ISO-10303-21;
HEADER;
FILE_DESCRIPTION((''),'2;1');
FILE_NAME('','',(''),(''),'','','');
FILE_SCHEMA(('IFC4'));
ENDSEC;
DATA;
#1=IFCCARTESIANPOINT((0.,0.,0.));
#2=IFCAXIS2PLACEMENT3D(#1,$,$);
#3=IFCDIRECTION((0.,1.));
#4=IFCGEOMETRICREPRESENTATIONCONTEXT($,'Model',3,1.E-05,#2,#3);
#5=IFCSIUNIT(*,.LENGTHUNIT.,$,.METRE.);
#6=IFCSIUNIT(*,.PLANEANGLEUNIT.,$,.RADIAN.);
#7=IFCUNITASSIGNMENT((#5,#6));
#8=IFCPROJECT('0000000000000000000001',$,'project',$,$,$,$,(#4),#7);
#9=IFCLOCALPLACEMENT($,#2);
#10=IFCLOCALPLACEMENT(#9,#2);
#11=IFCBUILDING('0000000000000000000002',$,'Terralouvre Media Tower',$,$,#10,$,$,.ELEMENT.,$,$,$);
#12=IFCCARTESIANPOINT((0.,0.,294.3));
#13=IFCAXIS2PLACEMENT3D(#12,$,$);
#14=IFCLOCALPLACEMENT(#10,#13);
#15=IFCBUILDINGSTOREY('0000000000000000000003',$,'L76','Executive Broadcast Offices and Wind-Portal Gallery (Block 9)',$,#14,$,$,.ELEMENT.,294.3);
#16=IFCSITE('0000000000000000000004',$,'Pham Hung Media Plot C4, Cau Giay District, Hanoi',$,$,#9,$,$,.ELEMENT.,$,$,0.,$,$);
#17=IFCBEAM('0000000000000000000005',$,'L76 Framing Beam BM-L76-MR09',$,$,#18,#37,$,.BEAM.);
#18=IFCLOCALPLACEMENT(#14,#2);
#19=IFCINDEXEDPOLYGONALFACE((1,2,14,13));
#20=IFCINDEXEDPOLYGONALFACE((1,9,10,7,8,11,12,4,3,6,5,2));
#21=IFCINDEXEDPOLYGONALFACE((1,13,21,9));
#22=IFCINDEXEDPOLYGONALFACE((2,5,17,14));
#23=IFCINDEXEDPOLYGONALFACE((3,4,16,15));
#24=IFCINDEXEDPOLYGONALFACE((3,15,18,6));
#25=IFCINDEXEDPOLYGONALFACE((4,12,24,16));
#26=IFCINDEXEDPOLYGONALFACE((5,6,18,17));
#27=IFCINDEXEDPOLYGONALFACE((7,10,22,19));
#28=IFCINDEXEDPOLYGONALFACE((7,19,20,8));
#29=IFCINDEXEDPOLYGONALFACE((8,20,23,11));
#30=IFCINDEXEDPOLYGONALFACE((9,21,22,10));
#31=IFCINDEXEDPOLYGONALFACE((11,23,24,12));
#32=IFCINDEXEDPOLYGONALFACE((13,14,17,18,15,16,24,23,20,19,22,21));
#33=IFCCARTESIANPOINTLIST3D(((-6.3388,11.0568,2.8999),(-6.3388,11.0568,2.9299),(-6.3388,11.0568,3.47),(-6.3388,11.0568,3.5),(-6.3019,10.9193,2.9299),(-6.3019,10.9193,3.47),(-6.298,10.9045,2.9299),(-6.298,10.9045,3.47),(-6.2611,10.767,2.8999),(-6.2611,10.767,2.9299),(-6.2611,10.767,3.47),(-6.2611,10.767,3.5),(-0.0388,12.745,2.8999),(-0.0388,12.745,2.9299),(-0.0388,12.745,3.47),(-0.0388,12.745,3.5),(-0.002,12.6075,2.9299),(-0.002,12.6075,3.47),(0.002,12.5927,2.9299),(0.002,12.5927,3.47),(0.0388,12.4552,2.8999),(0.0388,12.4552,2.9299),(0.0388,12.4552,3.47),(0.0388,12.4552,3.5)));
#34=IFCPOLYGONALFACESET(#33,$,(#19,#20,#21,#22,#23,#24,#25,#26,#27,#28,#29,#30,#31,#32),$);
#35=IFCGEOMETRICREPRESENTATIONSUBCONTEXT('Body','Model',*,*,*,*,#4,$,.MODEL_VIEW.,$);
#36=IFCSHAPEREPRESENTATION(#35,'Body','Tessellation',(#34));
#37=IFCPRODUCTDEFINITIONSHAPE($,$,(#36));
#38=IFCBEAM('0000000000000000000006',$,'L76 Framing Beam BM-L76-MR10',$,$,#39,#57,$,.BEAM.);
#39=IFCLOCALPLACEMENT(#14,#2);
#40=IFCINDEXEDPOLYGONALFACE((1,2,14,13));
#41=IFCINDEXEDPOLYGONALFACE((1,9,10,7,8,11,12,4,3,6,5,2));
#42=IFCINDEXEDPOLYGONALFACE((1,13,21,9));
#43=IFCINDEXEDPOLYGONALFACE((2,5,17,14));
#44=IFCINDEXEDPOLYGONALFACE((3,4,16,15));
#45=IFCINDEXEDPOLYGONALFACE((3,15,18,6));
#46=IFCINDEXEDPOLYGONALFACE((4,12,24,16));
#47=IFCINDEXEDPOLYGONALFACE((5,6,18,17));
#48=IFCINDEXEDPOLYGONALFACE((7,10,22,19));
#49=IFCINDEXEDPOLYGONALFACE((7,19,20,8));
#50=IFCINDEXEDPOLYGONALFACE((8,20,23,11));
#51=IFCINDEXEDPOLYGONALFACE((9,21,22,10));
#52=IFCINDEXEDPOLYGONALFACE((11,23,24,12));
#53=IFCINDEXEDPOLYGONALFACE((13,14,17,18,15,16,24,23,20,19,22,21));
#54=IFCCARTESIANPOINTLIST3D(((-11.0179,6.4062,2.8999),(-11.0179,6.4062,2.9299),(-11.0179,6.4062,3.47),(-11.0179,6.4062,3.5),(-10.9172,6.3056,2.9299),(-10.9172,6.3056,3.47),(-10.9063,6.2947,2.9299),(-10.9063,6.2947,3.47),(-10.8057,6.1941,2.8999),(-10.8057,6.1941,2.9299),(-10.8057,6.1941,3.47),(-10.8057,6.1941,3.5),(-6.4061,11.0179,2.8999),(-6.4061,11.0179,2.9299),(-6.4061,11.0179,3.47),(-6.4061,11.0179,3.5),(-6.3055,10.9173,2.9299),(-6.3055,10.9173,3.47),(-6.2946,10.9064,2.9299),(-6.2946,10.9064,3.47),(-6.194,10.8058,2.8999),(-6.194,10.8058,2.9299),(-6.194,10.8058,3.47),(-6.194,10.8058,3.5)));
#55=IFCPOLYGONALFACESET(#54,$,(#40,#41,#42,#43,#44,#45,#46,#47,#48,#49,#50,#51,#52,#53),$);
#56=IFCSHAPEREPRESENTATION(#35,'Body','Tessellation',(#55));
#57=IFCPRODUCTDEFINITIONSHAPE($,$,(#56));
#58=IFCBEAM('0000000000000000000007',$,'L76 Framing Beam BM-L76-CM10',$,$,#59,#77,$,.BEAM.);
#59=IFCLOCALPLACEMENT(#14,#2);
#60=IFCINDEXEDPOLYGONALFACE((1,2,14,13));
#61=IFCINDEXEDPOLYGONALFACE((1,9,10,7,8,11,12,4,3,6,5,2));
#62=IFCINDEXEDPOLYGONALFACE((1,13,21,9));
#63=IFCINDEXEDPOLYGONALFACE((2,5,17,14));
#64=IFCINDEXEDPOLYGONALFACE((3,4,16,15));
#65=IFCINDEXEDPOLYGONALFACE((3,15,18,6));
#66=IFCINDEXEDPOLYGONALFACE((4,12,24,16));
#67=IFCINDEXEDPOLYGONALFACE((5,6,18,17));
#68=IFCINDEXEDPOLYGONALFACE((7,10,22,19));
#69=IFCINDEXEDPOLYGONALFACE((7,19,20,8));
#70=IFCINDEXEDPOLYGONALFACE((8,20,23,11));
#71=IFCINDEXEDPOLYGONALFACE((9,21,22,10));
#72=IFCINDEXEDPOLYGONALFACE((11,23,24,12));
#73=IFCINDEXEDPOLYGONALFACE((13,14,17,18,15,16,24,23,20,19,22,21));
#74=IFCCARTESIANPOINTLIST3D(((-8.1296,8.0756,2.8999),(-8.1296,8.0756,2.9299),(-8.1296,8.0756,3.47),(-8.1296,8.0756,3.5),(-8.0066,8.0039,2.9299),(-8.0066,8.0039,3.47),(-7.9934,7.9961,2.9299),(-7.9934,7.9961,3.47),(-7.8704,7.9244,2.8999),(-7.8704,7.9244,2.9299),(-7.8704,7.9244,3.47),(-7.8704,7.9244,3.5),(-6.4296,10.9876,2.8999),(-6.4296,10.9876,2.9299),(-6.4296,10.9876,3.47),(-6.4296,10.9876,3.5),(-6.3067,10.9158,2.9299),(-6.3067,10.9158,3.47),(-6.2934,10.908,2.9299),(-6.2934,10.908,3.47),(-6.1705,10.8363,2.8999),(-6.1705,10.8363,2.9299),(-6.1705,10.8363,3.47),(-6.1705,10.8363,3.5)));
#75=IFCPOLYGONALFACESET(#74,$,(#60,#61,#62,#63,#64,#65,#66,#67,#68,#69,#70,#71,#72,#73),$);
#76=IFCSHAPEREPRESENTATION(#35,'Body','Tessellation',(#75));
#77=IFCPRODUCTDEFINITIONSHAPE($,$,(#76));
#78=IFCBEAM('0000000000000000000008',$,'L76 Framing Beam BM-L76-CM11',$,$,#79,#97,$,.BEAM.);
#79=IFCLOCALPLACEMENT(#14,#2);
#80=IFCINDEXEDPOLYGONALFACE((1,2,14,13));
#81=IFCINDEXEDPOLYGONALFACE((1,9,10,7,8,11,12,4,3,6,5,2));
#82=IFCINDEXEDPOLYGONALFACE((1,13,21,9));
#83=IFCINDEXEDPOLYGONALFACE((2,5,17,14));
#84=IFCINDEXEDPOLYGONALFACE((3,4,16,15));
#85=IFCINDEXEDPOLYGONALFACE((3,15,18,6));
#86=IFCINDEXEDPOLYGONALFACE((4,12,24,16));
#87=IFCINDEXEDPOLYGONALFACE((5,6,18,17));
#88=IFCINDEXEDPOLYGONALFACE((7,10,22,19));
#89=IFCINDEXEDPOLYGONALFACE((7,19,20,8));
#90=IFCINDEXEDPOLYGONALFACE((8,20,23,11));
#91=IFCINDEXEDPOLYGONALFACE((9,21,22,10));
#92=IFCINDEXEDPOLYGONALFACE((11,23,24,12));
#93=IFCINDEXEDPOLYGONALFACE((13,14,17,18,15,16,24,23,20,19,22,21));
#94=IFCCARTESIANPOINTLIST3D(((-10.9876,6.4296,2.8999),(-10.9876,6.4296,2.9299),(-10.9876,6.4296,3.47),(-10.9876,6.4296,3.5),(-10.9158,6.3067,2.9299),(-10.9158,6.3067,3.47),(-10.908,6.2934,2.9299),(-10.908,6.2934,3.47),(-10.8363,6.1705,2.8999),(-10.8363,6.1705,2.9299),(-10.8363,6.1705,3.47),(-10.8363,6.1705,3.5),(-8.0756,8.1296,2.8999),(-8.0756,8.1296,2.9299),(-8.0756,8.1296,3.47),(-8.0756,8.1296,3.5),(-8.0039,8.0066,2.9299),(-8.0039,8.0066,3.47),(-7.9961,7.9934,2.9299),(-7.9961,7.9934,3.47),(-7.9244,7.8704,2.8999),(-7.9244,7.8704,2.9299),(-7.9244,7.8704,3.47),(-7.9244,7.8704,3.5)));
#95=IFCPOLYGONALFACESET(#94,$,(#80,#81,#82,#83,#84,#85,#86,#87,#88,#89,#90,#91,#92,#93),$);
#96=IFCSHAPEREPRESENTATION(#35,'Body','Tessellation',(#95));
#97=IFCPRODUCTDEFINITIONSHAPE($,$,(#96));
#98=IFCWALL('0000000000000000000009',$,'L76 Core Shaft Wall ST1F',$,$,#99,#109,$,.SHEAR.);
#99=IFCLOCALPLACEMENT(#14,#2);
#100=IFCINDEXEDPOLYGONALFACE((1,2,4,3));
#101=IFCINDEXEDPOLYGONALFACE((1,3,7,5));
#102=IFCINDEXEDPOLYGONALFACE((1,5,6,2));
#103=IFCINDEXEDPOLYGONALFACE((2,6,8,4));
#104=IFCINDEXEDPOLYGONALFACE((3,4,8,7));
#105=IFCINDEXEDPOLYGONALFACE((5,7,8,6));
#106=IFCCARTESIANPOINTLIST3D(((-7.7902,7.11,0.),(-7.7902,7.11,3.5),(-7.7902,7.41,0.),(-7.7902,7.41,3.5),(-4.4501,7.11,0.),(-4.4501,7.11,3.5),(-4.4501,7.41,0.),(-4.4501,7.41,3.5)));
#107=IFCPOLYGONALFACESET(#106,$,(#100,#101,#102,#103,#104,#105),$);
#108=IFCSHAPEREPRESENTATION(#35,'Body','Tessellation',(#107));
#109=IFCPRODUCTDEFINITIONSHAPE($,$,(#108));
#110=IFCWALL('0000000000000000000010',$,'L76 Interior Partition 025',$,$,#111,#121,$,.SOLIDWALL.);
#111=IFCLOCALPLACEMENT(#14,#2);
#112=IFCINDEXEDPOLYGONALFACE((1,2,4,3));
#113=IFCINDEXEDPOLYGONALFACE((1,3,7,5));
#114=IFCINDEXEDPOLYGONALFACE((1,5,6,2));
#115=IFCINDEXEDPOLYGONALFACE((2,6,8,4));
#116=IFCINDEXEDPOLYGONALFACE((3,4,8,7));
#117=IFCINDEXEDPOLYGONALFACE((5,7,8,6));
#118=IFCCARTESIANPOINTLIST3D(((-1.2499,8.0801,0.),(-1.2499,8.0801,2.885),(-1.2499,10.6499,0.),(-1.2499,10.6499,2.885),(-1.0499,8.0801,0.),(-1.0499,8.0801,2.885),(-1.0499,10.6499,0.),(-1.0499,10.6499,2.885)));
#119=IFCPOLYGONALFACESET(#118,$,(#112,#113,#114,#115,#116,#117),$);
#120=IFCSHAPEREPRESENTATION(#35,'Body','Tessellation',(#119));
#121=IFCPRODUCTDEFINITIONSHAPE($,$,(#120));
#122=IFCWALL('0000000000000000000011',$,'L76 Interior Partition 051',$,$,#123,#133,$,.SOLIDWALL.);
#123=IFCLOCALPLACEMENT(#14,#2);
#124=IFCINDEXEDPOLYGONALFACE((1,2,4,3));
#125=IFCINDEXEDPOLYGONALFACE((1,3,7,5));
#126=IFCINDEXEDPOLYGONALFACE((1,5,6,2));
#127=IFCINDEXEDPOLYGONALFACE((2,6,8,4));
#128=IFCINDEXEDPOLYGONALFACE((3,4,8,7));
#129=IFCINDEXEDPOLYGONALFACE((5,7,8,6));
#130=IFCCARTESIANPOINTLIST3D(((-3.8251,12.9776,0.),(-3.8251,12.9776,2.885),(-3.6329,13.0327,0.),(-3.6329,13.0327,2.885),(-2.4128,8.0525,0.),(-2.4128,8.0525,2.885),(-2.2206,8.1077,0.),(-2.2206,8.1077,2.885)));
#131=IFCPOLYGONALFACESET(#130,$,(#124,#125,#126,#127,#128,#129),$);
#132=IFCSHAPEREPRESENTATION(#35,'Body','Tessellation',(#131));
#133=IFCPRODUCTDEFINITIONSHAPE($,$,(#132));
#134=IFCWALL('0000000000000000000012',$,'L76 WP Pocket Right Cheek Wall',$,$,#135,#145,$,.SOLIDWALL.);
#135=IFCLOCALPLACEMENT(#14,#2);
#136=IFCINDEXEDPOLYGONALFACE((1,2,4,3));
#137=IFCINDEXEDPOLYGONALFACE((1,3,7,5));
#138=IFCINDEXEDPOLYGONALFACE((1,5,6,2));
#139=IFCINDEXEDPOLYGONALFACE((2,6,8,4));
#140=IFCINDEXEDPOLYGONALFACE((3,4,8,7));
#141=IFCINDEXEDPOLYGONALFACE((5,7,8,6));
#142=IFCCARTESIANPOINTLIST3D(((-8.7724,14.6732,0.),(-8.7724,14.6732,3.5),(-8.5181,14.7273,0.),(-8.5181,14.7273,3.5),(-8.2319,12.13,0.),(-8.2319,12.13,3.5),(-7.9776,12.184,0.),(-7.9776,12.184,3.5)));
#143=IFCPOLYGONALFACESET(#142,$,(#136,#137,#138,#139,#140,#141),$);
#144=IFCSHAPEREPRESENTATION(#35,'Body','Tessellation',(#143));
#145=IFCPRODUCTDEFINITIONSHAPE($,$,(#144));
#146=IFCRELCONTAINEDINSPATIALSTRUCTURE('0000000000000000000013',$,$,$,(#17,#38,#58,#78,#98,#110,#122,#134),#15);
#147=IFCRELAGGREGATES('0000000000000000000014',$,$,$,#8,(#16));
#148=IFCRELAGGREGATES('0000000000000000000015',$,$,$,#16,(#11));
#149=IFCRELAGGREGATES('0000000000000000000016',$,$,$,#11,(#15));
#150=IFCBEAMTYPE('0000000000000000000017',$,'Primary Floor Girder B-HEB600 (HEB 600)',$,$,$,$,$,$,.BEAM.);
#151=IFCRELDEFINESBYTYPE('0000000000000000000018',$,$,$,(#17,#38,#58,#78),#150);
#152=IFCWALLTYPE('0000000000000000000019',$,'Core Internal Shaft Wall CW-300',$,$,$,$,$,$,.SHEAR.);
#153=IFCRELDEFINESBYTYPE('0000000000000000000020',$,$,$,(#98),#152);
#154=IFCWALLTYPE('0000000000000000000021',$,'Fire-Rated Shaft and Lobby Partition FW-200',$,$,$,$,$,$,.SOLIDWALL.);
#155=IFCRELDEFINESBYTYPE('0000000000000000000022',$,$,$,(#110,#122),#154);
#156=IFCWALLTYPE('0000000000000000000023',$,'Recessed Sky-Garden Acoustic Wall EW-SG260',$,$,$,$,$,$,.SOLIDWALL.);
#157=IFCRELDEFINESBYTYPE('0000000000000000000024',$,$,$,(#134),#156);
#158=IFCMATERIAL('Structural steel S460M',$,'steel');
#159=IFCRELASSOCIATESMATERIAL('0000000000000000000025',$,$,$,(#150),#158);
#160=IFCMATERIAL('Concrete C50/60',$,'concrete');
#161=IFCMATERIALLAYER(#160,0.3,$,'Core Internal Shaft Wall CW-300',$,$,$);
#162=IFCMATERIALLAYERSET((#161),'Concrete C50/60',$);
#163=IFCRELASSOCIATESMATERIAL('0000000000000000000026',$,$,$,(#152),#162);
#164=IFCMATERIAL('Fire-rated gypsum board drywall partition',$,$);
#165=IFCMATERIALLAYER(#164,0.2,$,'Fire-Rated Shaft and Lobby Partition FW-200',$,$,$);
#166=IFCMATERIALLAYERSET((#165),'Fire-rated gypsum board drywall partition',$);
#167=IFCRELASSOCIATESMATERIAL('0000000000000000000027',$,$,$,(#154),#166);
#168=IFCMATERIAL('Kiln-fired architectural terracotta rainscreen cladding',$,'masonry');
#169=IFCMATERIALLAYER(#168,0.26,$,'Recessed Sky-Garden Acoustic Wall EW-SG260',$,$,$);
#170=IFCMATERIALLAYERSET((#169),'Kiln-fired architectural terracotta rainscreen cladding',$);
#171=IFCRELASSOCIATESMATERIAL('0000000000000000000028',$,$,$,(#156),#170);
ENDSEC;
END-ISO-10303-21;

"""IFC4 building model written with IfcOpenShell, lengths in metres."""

from ifc_helpers import new_model, si_unit, direction, frame, frame_2d, origin, origin_2d, place, context, subcontext, project, spatial, rectangle, i_section, extrude, material, layer, layer_set, material_profile, profile_set, type_object, element, save


model = new_model("IFC4")

# Units and contexts
model_context = context("Model", 3, precision=1e-05, world=origin(), true_north=direction((0.0, 1.0)))
body_context = subcontext(model_context, "Body", "Model", "MODEL_VIEW")
ifc_project = project(units=[si_unit("LENGTHUNIT", "METRE"), si_unit("PLANEANGLEUNIT", "RADIAN")], contexts=[model_context])

# Site, building, storey
site_placement = place(None, origin())
site = spatial("IfcSite", under=ifc_project, at=site_placement, Name="Pham Hung Media Plot C4, Cau Giay District, Hanoi", CompositionType="ELEMENT", RefElevation=0.0)
building_placement = place(site_placement, origin())
building = spatial("IfcBuilding", under=site, at=building_placement, Name="Terralouvre Media Tower", CompositionType="ELEMENT")
storey_placement = place(building_placement, frame((0.0, 0.0, 294.3)))
storey = spatial("IfcBuildingStorey", under=building, at=storey_placement, Name="L76", Description="Executive Broadcast Offices and Wind-Portal Gallery (Block 9)", CompositionType="ELEMENT", Elevation=294.3)

# Beams
ifc_material_1 = material(Name="Structural steel S460M", Category="steel")
ifc_material_profile_1 = material_profile(ifc_material_1, i_section(OverallWidth=0.3, OverallDepth=0.6001, WebThickness=0.0154, FlangeThickness=0.03, at=origin_2d()), Name="HEB 600")
ifc_profile_set_1 = profile_set([ifc_material_profile_1], Name="Structural steel S460M")
beam_type_1 = type_object("IfcBeamType", Name="Primary Floor Girder B-HEB600 (HEB 600)", PredefinedType="BEAM", material=ifc_profile_set_1)
beam_1_placement = place(storey_placement, frame((0.0, 12.6001, 3.2), z_axis=(-0.96592, -0.258839, 0.0), x_axis=(0.258839, -0.96592, 0.0)))
element("IfcBeam", 1, at=beam_1_placement, inside=storey, type_object=beam_type_1, Name="L76 Framing Beam BM-L76-MR09", PredefinedType="BEAM", context=body_context, shape_type="SweptSolid", body=[
    extrude(i_section(OverallWidth=0.3, OverallDepth=0.6001, WebThickness=0.0154, FlangeThickness=0.03, at=origin_2d()), origin(), (0.0, 0.0, 1.0), 6.5222),
])
beam_2_placement = place(storey_placement, frame((-6.3, 10.9119, 3.2), z_axis=(-0.707107, -0.707107, 0.0), x_axis=(0.707107, -0.707107, 0.0)))
element("IfcBeam", 2, at=beam_2_placement, inside=storey, type_object=beam_type_1, Name="L76 Framing Beam BM-L76-MR10", PredefinedType="BEAM", context=body_context, shape_type="SweptSolid", body=[
    extrude(i_section(OverallWidth=0.3, OverallDepth=0.6001, WebThickness=0.0154, FlangeThickness=0.03, at=origin_2d()), origin(), (0.0, 0.0, 1.0), 6.522),
])
for number, where, z_axis, x_axis, name in (
    (3, (-8.0, 8.0, 3.2), (0.504173, 0.863603, 0.0), (-0.863603, 0.504173, 0.0), "L76 Framing Beam BM-L76-CM10"),
    (4, (-8.0, 8.0, 3.2), (-0.863603, -0.504173, 0.0), (0.504173, -0.863603, 0.0), "L76 Framing Beam BM-L76-CM11"),
):
    element("IfcBeam", number, at=place(storey_placement, frame(where, z_axis=z_axis, x_axis=x_axis)), inside=storey, type_object=beam_type_1, Name=name, PredefinedType="BEAM", context=body_context, shape_type="SweptSolid", body=[
        extrude(i_section(OverallWidth=0.3, OverallDepth=0.6001, WebThickness=0.0154, FlangeThickness=0.03, at=origin_2d()), origin(), (0.0, 0.0, 1.0), 3.3718),
    ])

# Wall
ifc_material_2 = material(Name="Concrete C50/60", Category="concrete")
ifc_layer_1 = layer(ifc_material_2, 0.3, Name="Core Internal Shaft Wall CW-300")
ifc_layer_set_1 = layer_set([ifc_layer_1], Name="Concrete C50/60")
wall_type_1 = type_object("IfcWallType", Name="Core Internal Shaft Wall CW-300", PredefinedType="SHEAR", material=ifc_layer_set_1)
wall_1_placement = place(storey_placement, frame((-7.79, 7.26, 0.0), z_axis=(0.0, 0.0, 1.0), x_axis=(1.0, 0.0, 0.0)))
element("IfcWall", 5, at=wall_1_placement, inside=storey, type_object=wall_type_1, Name="L76 Core Shaft Wall ST1F", PredefinedType="SHEAR", context=body_context, shape_type="SweptSolid", body=[
    extrude(rectangle(XDim=3.3401, YDim=0.3, at=frame_2d((1.6699, 0.0))), origin(), (0.0, 0.0, 1.0), 3.5),
])

# Walls
ifc_material_3 = material(Name="Fire-rated gypsum board drywall partition")
ifc_layer_2 = layer(ifc_material_3, 0.2, Name="Fire-Rated Shaft and Lobby Partition FW-200")
ifc_layer_set_2 = layer_set([ifc_layer_2], Name="Fire-rated gypsum board drywall partition")
wall_type_2 = type_object("IfcWallType", Name="Fire-Rated Shaft and Lobby Partition FW-200", PredefinedType="SOLIDWALL", material=ifc_layer_set_2)
wall_2_placement = place(storey_placement, frame((-1.1499, 10.6499, 0.0), z_axis=(0.0, 0.0, 1.0), x_axis=(0.0, -1.0, 0.0)))
element("IfcWall", 6, at=wall_2_placement, inside=storey, type_object=wall_type_2, Name="L76 Interior Partition 025", PredefinedType="SOLIDWALL", context=body_context, shape_type="SweptSolid", body=[
    extrude(rectangle(XDim=2.5698, YDim=0.2, at=frame_2d((1.2849, 0.0))), origin(), (0.0, 0.0, 1.0), 2.885),
])
wall_3_placement = place(storey_placement, frame((-3.729, 13.0051, 0.0), z_axis=(0.0, 0.0, 1.0), x_axis=(0.275659, -0.961256, 0.0)))
element("IfcWall", 7, at=wall_3_placement, inside=storey, type_object=wall_type_2, Name="L76 Interior Partition 051", PredefinedType="SOLIDWALL", context=body_context, shape_type="SweptSolid", body=[
    extrude(rectangle(XDim=5.1235, YDim=0.2, at=frame_2d((2.5618, 0.0))), origin(), (0.0, 0.0, 1.0), 2.885),
])
ifc_material_4 = material(Name="Kiln-fired architectural terracotta rainscreen cladding", Category="masonry")
ifc_layer_3 = layer(ifc_material_4, 0.26, Name="Recessed Sky-Garden Acoustic Wall EW-SG260")
ifc_layer_set_3 = layer_set([ifc_layer_3], Name="Kiln-fired architectural terracotta rainscreen cladding")
wall_type_3 = type_object("IfcWallType", Name="Recessed Sky-Garden Acoustic Wall EW-SG260", PredefinedType="SOLIDWALL", material=ifc_layer_set_3)
wall_4_placement = place(storey_placement, frame((-8.1047, 12.157, 0.0), z_axis=(0.0, 0.0, 1.0), x_axis=(-0.207894, 0.978151, 0.0)))
element("IfcWall", 8, at=wall_4_placement, inside=storey, type_object=wall_type_3, Name="L76 WP Pocket Right Cheek Wall", PredefinedType="SOLIDWALL", context=body_context, shape_type="SweptSolid", body=[
    extrude(rectangle(XDim=2.6001, YDim=0.26, at=frame_2d((1.3, 0.0))), origin(), (0.0, 0.0, 1.0), 3.5),
])

save(model, "model.ifc")
